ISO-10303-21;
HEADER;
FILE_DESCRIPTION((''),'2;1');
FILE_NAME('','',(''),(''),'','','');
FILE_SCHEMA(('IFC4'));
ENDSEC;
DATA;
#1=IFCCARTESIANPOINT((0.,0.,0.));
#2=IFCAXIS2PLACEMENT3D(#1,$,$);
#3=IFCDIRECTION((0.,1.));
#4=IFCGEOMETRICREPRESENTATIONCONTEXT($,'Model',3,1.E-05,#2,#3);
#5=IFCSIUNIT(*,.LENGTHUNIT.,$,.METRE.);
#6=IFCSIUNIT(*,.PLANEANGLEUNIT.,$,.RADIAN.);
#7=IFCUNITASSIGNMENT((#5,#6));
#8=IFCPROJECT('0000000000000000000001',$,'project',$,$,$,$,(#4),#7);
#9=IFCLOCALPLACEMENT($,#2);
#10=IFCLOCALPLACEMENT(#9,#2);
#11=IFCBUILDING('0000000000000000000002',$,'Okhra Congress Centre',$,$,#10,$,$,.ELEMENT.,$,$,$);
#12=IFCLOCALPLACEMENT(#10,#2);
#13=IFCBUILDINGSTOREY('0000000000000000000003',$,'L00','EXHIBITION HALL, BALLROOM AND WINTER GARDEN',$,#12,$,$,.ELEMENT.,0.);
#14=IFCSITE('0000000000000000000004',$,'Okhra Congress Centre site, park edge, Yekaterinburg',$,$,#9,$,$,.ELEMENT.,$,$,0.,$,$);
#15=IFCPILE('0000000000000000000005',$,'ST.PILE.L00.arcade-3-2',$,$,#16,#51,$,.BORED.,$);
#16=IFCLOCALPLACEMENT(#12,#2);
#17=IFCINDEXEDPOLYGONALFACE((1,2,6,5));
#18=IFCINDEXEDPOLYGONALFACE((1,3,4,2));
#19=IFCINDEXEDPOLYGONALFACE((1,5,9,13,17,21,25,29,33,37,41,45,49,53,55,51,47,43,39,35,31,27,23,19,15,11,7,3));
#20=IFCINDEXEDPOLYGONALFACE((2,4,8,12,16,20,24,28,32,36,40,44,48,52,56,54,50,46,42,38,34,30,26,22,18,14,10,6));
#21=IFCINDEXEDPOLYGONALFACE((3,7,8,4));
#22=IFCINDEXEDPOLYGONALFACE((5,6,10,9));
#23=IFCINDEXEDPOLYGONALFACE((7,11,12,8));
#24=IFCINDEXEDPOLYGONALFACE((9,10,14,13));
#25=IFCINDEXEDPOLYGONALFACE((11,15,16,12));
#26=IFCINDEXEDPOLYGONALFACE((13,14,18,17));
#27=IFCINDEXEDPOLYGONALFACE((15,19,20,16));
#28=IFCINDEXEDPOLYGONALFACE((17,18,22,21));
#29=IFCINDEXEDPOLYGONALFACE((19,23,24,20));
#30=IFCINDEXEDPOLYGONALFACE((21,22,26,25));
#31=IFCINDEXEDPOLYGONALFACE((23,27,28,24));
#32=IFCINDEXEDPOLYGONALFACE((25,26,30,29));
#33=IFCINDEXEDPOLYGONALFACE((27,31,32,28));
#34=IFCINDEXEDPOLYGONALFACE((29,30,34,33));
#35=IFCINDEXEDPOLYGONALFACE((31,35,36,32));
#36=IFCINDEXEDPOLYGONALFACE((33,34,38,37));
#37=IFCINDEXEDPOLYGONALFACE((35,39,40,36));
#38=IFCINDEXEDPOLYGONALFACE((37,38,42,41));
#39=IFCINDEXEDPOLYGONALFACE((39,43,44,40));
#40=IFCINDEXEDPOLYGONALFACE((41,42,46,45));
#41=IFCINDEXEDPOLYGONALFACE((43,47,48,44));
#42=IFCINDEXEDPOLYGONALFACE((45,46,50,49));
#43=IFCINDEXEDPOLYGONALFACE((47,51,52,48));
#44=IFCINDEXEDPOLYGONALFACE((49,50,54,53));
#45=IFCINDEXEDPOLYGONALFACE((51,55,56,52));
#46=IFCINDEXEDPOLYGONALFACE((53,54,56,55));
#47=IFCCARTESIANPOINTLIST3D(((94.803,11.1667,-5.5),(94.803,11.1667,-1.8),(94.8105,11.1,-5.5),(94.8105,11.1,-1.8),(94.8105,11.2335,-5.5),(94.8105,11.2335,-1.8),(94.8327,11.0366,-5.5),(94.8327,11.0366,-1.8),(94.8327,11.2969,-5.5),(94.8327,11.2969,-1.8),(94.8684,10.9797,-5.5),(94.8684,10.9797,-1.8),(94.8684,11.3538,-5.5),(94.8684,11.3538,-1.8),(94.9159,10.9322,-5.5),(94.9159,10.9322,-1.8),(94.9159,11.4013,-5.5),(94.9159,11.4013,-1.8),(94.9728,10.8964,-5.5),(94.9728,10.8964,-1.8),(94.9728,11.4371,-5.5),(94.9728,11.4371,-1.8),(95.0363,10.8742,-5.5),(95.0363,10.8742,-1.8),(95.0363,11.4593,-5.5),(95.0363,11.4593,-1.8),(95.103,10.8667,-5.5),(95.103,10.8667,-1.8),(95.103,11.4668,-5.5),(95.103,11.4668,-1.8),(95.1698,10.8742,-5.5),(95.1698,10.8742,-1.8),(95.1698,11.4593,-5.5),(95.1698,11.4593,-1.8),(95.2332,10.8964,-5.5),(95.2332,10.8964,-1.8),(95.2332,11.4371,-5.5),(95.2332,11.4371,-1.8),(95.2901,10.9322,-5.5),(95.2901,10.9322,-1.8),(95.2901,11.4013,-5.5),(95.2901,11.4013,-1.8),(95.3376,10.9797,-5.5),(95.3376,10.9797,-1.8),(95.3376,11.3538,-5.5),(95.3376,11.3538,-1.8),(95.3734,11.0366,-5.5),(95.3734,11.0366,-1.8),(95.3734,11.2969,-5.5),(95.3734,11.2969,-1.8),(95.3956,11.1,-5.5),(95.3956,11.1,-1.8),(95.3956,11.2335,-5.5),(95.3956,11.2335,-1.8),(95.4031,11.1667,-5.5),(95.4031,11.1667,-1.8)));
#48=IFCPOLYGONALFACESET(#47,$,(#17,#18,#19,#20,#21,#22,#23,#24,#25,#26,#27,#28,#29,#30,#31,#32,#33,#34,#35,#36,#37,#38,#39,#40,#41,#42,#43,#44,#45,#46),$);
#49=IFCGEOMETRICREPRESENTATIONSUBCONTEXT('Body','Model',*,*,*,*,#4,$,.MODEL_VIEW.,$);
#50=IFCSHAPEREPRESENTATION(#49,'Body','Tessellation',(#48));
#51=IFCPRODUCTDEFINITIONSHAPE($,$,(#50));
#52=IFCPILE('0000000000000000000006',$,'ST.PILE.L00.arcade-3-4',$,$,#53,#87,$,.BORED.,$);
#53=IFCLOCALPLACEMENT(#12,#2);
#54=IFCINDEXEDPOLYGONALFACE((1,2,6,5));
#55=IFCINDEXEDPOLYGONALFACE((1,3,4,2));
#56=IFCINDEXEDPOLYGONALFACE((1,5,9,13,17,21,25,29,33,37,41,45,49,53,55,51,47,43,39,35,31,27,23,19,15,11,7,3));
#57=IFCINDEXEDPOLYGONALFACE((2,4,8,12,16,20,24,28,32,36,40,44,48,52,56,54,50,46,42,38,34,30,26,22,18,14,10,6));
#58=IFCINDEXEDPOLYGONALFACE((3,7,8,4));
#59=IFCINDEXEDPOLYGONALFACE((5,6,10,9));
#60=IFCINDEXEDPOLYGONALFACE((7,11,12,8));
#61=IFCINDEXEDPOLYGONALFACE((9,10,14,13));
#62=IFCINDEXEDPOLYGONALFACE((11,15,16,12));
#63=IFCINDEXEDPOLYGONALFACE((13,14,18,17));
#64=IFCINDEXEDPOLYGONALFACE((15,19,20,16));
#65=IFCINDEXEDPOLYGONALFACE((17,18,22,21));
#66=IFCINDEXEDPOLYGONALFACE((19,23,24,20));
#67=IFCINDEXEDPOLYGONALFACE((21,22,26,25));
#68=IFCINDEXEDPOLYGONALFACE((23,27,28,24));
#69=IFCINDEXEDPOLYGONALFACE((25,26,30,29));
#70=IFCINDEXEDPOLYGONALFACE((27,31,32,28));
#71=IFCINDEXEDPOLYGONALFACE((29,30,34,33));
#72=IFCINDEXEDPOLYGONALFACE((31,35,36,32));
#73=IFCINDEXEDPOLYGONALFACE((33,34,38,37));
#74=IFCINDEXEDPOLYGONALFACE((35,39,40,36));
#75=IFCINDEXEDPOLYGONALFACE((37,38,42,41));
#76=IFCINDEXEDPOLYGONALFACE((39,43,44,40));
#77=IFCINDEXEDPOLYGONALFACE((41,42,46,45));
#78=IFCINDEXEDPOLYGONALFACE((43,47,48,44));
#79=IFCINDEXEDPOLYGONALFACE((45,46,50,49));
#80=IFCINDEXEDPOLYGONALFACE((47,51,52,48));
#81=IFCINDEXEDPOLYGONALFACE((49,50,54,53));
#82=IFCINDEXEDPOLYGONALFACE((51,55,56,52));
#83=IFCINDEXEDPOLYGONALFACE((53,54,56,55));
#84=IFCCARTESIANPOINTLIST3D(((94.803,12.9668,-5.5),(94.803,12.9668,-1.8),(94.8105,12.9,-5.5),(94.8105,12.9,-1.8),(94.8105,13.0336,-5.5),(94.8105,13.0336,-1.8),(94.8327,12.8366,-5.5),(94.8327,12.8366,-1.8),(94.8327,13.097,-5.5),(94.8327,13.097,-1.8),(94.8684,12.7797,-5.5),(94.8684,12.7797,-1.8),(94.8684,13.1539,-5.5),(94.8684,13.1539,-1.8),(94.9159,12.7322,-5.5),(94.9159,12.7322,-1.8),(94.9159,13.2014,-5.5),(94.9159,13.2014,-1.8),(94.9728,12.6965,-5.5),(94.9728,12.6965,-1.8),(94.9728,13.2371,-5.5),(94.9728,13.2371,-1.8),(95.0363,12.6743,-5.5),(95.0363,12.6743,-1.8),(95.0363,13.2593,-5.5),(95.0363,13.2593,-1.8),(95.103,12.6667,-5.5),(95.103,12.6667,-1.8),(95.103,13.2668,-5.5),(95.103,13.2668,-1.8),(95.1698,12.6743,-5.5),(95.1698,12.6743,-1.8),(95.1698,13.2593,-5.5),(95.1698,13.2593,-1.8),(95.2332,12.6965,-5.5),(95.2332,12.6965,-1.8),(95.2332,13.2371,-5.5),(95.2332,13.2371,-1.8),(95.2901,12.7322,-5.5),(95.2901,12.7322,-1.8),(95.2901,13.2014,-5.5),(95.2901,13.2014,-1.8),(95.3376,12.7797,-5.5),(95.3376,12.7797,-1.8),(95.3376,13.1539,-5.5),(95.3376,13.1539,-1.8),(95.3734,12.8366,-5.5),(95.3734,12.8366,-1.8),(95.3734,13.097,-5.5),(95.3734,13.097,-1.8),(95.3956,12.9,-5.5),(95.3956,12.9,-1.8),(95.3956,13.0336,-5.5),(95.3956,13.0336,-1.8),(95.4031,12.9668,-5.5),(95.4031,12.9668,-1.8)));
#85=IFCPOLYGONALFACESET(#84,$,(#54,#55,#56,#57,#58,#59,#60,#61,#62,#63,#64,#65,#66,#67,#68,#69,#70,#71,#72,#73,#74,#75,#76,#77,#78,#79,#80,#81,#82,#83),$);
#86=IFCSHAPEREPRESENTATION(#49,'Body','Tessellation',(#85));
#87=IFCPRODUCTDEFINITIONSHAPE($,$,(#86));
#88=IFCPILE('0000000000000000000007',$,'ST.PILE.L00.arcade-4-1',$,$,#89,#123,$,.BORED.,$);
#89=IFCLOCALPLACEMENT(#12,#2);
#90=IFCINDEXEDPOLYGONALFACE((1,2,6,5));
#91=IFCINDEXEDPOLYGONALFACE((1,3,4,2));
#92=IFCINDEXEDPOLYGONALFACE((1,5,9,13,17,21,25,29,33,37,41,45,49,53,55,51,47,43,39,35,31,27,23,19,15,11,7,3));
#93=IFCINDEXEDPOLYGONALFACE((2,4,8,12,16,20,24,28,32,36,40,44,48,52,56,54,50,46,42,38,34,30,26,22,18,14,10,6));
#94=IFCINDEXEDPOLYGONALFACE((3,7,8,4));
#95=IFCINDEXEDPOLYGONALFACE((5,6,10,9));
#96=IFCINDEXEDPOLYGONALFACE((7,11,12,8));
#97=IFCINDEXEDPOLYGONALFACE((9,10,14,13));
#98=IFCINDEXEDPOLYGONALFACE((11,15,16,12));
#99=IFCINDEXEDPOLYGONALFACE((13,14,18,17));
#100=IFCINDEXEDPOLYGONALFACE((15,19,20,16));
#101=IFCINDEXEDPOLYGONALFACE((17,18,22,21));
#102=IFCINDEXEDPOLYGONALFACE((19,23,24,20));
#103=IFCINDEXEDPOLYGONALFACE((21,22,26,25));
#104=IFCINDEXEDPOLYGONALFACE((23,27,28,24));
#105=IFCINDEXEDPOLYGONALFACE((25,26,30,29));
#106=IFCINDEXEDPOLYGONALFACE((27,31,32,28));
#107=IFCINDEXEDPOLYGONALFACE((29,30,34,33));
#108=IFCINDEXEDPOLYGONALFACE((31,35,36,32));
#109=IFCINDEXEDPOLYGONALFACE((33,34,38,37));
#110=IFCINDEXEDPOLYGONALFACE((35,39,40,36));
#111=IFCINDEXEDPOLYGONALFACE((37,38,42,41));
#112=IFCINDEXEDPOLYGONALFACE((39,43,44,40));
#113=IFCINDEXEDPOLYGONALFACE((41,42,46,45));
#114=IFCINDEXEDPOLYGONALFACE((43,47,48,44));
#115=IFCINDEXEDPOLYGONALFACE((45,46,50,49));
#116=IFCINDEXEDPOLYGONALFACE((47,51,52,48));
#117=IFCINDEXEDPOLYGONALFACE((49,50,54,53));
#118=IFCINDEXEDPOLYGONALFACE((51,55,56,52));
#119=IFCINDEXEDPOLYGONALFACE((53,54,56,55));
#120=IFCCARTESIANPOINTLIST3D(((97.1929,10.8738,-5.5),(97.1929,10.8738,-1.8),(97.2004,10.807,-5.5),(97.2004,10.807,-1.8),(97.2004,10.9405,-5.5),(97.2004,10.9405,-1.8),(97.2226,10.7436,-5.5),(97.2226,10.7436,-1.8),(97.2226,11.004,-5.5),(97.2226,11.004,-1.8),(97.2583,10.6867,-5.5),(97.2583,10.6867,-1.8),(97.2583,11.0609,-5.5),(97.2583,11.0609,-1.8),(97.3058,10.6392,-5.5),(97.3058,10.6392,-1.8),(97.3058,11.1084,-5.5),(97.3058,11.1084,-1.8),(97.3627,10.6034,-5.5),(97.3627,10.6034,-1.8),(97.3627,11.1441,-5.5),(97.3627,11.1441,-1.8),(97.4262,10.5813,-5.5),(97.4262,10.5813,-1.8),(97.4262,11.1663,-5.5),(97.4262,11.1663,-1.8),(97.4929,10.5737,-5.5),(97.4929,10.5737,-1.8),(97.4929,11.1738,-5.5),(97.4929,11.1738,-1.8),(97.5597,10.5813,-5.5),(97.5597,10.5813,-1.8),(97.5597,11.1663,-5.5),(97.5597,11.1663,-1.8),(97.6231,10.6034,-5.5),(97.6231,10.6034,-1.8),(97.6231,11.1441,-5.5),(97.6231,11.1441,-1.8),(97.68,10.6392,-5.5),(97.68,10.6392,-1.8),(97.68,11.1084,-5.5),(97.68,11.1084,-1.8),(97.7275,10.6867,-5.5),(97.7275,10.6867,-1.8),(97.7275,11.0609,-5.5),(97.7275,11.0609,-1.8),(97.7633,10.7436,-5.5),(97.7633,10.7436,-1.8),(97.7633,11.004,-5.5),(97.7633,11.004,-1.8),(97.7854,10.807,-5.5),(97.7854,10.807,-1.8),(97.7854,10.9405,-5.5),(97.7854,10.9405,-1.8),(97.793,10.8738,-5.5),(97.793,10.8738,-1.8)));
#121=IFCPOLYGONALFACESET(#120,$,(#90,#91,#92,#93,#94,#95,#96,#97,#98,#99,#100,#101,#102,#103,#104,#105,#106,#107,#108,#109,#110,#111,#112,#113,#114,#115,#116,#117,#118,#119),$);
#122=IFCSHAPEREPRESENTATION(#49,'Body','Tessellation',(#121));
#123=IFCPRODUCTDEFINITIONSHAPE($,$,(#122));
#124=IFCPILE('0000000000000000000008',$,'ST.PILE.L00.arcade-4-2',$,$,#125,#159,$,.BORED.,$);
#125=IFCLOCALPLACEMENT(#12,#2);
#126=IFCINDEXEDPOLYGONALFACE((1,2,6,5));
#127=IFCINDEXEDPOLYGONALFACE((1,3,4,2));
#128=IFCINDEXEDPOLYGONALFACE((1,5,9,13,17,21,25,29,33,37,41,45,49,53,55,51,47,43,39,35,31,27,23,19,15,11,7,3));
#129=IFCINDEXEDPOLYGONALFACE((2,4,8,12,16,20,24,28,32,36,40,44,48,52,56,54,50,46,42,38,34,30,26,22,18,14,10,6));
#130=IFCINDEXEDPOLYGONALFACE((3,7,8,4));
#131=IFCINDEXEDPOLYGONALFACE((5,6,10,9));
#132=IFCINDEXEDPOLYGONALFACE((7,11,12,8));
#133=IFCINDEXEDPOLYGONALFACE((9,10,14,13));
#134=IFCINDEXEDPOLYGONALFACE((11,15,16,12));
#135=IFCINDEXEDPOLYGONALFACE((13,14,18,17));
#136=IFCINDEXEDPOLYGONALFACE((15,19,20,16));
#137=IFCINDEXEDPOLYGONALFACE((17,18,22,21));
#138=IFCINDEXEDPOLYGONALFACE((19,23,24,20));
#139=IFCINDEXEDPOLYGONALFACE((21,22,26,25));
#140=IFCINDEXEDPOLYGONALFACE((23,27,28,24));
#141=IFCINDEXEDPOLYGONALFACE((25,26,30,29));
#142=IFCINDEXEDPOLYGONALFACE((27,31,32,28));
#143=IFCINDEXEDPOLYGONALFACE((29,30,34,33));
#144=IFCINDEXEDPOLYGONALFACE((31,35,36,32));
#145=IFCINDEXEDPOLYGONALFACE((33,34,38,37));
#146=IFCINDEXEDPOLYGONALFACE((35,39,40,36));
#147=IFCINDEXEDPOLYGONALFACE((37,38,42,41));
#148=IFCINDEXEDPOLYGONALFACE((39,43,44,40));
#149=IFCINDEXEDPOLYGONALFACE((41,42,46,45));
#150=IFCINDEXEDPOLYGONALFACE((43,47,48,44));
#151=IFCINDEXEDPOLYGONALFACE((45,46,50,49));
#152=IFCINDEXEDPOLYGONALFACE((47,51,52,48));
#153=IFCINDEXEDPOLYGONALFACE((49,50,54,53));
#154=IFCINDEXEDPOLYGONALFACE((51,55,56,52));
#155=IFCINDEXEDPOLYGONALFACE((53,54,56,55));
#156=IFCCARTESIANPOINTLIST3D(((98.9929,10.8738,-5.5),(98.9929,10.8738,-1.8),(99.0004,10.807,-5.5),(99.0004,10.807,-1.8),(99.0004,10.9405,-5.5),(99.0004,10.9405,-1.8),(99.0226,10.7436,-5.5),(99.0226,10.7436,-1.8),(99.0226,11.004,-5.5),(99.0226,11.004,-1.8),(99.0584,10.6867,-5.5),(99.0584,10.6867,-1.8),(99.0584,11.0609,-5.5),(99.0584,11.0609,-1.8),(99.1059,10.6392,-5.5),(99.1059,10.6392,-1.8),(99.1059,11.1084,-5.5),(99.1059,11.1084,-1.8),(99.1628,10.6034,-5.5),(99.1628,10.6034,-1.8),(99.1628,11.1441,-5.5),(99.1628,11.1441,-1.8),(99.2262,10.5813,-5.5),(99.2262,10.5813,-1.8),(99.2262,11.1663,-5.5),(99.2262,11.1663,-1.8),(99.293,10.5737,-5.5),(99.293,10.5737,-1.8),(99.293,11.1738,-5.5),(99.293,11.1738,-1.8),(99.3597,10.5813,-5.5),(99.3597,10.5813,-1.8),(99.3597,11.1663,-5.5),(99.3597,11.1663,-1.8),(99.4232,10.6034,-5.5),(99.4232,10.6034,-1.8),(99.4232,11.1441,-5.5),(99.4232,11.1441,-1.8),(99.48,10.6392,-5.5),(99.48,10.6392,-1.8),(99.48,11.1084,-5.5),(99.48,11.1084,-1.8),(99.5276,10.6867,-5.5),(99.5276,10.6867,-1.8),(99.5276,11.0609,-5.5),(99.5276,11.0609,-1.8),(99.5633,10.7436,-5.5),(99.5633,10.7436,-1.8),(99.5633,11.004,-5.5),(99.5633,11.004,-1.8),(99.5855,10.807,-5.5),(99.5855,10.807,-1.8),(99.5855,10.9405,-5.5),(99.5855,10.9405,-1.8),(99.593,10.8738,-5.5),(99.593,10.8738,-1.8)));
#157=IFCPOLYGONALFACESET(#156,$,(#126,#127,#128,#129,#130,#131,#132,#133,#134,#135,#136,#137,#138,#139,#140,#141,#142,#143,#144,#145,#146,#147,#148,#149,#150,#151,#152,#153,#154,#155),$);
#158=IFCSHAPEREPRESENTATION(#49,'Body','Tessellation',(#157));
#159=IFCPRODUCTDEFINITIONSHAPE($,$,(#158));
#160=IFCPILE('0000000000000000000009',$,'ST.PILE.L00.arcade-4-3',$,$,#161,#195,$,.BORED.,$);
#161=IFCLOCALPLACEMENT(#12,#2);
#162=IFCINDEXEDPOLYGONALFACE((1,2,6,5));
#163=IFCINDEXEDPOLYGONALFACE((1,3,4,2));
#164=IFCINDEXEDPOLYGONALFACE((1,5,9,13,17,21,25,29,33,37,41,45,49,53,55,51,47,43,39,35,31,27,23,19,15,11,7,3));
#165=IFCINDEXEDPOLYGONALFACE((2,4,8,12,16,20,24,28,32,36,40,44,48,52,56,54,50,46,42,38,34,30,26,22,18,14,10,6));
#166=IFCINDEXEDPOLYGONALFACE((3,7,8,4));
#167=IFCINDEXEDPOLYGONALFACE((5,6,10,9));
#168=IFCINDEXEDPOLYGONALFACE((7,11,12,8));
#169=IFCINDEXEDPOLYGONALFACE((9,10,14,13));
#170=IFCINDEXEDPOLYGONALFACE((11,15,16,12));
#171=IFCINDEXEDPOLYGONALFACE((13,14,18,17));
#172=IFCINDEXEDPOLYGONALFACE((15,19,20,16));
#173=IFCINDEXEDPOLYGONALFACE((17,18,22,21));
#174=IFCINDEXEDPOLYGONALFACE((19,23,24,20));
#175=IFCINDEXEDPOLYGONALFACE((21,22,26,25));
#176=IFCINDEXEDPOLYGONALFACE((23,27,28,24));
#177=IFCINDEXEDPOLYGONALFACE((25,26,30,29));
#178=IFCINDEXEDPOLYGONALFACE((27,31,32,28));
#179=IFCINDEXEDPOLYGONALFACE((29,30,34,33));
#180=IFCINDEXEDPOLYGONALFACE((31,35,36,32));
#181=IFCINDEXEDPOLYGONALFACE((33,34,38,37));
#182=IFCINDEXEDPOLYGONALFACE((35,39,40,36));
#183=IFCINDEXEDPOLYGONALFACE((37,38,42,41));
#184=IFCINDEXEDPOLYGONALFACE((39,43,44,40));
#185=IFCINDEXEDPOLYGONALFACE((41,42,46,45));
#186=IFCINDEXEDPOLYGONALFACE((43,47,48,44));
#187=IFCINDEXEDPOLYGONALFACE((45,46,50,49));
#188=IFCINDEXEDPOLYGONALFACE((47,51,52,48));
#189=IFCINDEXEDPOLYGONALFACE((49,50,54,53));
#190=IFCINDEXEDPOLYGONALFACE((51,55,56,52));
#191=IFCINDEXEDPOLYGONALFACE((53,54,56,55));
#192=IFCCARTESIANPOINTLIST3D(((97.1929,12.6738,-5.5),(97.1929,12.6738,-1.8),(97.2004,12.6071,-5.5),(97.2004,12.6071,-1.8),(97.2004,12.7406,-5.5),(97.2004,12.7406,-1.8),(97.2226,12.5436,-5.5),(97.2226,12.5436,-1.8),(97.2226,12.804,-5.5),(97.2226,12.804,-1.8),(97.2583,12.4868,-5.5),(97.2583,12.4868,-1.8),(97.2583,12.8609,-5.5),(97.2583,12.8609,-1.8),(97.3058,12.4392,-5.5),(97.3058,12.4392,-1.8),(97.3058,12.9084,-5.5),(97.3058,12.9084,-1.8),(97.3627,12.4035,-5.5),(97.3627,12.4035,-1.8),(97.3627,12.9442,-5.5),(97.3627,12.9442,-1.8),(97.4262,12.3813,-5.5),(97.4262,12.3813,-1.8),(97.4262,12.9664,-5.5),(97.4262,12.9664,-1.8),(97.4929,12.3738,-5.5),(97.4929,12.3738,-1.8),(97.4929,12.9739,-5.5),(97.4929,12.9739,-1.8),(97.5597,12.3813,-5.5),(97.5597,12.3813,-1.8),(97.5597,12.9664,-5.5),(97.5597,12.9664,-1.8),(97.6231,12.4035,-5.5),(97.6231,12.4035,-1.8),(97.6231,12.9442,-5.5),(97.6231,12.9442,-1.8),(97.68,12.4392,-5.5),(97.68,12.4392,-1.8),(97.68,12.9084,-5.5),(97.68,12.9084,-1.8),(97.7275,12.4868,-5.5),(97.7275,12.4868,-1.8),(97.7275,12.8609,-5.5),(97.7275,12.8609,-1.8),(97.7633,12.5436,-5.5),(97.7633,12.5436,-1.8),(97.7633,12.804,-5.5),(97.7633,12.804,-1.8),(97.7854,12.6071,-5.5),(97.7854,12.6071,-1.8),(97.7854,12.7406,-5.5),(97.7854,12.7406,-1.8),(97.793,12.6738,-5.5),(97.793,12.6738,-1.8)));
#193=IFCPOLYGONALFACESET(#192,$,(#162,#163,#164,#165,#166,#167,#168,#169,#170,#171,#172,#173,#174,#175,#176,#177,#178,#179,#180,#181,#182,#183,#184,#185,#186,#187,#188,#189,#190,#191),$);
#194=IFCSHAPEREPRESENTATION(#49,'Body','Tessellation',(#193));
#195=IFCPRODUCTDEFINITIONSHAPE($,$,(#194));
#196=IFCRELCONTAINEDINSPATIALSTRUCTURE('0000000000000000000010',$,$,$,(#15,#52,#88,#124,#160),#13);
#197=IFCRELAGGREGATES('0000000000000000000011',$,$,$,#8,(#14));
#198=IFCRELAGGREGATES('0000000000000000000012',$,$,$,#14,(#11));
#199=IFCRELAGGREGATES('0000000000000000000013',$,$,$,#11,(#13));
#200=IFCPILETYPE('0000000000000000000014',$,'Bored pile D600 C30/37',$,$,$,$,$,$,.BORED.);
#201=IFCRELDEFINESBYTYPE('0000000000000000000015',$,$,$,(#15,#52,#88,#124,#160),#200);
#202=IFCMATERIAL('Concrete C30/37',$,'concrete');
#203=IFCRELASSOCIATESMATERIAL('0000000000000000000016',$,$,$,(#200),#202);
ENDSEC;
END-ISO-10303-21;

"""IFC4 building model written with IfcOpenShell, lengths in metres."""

from ifc_helpers import new_model, si_unit, direction, frame, origin, origin_2d, place, context, subcontext, project, spatial, circle, extrude, material, material_profile, profile_set, type_object, element, save


model = new_model("IFC4")

# Units and contexts
model_context = context("Model", 3, precision=1e-05, world=origin(), true_north=direction((0.0, 1.0)))
body_context = subcontext(model_context, "Body", "Model", "MODEL_VIEW")
ifc_project = project(units=[si_unit("LENGTHUNIT", "METRE"), si_unit("PLANEANGLEUNIT", "RADIAN")], contexts=[model_context])

# Site, building, storey
site_placement = place(None, origin())
site = spatial("IfcSite", under=ifc_project, at=site_placement, Name="Okhra Congress Centre site, park edge, Yekaterinburg", CompositionType="ELEMENT", RefElevation=0.0)
building_placement = place(site_placement, origin())
building = spatial("IfcBuilding", under=site, at=building_placement, Name="Okhra Congress Centre", CompositionType="ELEMENT")
storey_placement = place(building_placement, origin())
storey = spatial("IfcBuildingStorey", under=building, at=storey_placement, Name="L00", Description="EXHIBITION HALL, BALLROOM AND WINTER GARDEN", CompositionType="ELEMENT", Elevation=0.0)

# Piles
ifc_material_1 = material(Name="Concrete C30/37", Category="concrete")
ifc_material_profile_1 = material_profile(ifc_material_1, circle(Radius=0.3, at=origin_2d()), Name="D600")
ifc_profile_set_1 = profile_set([ifc_material_profile_1], Name="Concrete C30/37")
pile_type = type_object("IfcPileType", Name="Bored pile D600 C30/37", PredefinedType="BORED", material=ifc_profile_set_1)
for number, where, z_axis, x_axis, name in (
    (1, (95.103, 11.1667, -1.8), (0.0, 0.0, -1.0), (1.0, 0.0, 0.0), "ST.PILE.L00.arcade-3-2"),
    (2, (95.103, 12.9668, -1.8), (0.0, 0.0, -1.0), (1.0, 0.0, 0.0), "ST.PILE.L00.arcade-3-4"),
    (3, (97.4929, 10.8738, -1.8), (0.0, 0.0, -1.0), (1.0, 0.0, 0.0), "ST.PILE.L00.arcade-4-1"),
    (4, (99.293, 10.8738, -1.8), (0.0, 0.0, -1.0), (1.0, 0.0, 0.0), "ST.PILE.L00.arcade-4-2"),
    (5, (97.4929, 12.6738, -1.8), (0.0, 0.0, -1.0), (1.0, 0.0, 0.0), "ST.PILE.L00.arcade-4-3"),
):
    element("IfcPile", number, at=place(storey_placement, frame(where, z_axis=z_axis, x_axis=x_axis)), inside=storey, type_object=pile_type, Name=name, PredefinedType="BORED", context=body_context, shape_type="SweptSolid", body=[
        extrude(circle(Radius=0.3, at=origin_2d()), origin(), (0.0, 0.0, 1.0), 3.7),
    ])

save(model, "model.ifc")
